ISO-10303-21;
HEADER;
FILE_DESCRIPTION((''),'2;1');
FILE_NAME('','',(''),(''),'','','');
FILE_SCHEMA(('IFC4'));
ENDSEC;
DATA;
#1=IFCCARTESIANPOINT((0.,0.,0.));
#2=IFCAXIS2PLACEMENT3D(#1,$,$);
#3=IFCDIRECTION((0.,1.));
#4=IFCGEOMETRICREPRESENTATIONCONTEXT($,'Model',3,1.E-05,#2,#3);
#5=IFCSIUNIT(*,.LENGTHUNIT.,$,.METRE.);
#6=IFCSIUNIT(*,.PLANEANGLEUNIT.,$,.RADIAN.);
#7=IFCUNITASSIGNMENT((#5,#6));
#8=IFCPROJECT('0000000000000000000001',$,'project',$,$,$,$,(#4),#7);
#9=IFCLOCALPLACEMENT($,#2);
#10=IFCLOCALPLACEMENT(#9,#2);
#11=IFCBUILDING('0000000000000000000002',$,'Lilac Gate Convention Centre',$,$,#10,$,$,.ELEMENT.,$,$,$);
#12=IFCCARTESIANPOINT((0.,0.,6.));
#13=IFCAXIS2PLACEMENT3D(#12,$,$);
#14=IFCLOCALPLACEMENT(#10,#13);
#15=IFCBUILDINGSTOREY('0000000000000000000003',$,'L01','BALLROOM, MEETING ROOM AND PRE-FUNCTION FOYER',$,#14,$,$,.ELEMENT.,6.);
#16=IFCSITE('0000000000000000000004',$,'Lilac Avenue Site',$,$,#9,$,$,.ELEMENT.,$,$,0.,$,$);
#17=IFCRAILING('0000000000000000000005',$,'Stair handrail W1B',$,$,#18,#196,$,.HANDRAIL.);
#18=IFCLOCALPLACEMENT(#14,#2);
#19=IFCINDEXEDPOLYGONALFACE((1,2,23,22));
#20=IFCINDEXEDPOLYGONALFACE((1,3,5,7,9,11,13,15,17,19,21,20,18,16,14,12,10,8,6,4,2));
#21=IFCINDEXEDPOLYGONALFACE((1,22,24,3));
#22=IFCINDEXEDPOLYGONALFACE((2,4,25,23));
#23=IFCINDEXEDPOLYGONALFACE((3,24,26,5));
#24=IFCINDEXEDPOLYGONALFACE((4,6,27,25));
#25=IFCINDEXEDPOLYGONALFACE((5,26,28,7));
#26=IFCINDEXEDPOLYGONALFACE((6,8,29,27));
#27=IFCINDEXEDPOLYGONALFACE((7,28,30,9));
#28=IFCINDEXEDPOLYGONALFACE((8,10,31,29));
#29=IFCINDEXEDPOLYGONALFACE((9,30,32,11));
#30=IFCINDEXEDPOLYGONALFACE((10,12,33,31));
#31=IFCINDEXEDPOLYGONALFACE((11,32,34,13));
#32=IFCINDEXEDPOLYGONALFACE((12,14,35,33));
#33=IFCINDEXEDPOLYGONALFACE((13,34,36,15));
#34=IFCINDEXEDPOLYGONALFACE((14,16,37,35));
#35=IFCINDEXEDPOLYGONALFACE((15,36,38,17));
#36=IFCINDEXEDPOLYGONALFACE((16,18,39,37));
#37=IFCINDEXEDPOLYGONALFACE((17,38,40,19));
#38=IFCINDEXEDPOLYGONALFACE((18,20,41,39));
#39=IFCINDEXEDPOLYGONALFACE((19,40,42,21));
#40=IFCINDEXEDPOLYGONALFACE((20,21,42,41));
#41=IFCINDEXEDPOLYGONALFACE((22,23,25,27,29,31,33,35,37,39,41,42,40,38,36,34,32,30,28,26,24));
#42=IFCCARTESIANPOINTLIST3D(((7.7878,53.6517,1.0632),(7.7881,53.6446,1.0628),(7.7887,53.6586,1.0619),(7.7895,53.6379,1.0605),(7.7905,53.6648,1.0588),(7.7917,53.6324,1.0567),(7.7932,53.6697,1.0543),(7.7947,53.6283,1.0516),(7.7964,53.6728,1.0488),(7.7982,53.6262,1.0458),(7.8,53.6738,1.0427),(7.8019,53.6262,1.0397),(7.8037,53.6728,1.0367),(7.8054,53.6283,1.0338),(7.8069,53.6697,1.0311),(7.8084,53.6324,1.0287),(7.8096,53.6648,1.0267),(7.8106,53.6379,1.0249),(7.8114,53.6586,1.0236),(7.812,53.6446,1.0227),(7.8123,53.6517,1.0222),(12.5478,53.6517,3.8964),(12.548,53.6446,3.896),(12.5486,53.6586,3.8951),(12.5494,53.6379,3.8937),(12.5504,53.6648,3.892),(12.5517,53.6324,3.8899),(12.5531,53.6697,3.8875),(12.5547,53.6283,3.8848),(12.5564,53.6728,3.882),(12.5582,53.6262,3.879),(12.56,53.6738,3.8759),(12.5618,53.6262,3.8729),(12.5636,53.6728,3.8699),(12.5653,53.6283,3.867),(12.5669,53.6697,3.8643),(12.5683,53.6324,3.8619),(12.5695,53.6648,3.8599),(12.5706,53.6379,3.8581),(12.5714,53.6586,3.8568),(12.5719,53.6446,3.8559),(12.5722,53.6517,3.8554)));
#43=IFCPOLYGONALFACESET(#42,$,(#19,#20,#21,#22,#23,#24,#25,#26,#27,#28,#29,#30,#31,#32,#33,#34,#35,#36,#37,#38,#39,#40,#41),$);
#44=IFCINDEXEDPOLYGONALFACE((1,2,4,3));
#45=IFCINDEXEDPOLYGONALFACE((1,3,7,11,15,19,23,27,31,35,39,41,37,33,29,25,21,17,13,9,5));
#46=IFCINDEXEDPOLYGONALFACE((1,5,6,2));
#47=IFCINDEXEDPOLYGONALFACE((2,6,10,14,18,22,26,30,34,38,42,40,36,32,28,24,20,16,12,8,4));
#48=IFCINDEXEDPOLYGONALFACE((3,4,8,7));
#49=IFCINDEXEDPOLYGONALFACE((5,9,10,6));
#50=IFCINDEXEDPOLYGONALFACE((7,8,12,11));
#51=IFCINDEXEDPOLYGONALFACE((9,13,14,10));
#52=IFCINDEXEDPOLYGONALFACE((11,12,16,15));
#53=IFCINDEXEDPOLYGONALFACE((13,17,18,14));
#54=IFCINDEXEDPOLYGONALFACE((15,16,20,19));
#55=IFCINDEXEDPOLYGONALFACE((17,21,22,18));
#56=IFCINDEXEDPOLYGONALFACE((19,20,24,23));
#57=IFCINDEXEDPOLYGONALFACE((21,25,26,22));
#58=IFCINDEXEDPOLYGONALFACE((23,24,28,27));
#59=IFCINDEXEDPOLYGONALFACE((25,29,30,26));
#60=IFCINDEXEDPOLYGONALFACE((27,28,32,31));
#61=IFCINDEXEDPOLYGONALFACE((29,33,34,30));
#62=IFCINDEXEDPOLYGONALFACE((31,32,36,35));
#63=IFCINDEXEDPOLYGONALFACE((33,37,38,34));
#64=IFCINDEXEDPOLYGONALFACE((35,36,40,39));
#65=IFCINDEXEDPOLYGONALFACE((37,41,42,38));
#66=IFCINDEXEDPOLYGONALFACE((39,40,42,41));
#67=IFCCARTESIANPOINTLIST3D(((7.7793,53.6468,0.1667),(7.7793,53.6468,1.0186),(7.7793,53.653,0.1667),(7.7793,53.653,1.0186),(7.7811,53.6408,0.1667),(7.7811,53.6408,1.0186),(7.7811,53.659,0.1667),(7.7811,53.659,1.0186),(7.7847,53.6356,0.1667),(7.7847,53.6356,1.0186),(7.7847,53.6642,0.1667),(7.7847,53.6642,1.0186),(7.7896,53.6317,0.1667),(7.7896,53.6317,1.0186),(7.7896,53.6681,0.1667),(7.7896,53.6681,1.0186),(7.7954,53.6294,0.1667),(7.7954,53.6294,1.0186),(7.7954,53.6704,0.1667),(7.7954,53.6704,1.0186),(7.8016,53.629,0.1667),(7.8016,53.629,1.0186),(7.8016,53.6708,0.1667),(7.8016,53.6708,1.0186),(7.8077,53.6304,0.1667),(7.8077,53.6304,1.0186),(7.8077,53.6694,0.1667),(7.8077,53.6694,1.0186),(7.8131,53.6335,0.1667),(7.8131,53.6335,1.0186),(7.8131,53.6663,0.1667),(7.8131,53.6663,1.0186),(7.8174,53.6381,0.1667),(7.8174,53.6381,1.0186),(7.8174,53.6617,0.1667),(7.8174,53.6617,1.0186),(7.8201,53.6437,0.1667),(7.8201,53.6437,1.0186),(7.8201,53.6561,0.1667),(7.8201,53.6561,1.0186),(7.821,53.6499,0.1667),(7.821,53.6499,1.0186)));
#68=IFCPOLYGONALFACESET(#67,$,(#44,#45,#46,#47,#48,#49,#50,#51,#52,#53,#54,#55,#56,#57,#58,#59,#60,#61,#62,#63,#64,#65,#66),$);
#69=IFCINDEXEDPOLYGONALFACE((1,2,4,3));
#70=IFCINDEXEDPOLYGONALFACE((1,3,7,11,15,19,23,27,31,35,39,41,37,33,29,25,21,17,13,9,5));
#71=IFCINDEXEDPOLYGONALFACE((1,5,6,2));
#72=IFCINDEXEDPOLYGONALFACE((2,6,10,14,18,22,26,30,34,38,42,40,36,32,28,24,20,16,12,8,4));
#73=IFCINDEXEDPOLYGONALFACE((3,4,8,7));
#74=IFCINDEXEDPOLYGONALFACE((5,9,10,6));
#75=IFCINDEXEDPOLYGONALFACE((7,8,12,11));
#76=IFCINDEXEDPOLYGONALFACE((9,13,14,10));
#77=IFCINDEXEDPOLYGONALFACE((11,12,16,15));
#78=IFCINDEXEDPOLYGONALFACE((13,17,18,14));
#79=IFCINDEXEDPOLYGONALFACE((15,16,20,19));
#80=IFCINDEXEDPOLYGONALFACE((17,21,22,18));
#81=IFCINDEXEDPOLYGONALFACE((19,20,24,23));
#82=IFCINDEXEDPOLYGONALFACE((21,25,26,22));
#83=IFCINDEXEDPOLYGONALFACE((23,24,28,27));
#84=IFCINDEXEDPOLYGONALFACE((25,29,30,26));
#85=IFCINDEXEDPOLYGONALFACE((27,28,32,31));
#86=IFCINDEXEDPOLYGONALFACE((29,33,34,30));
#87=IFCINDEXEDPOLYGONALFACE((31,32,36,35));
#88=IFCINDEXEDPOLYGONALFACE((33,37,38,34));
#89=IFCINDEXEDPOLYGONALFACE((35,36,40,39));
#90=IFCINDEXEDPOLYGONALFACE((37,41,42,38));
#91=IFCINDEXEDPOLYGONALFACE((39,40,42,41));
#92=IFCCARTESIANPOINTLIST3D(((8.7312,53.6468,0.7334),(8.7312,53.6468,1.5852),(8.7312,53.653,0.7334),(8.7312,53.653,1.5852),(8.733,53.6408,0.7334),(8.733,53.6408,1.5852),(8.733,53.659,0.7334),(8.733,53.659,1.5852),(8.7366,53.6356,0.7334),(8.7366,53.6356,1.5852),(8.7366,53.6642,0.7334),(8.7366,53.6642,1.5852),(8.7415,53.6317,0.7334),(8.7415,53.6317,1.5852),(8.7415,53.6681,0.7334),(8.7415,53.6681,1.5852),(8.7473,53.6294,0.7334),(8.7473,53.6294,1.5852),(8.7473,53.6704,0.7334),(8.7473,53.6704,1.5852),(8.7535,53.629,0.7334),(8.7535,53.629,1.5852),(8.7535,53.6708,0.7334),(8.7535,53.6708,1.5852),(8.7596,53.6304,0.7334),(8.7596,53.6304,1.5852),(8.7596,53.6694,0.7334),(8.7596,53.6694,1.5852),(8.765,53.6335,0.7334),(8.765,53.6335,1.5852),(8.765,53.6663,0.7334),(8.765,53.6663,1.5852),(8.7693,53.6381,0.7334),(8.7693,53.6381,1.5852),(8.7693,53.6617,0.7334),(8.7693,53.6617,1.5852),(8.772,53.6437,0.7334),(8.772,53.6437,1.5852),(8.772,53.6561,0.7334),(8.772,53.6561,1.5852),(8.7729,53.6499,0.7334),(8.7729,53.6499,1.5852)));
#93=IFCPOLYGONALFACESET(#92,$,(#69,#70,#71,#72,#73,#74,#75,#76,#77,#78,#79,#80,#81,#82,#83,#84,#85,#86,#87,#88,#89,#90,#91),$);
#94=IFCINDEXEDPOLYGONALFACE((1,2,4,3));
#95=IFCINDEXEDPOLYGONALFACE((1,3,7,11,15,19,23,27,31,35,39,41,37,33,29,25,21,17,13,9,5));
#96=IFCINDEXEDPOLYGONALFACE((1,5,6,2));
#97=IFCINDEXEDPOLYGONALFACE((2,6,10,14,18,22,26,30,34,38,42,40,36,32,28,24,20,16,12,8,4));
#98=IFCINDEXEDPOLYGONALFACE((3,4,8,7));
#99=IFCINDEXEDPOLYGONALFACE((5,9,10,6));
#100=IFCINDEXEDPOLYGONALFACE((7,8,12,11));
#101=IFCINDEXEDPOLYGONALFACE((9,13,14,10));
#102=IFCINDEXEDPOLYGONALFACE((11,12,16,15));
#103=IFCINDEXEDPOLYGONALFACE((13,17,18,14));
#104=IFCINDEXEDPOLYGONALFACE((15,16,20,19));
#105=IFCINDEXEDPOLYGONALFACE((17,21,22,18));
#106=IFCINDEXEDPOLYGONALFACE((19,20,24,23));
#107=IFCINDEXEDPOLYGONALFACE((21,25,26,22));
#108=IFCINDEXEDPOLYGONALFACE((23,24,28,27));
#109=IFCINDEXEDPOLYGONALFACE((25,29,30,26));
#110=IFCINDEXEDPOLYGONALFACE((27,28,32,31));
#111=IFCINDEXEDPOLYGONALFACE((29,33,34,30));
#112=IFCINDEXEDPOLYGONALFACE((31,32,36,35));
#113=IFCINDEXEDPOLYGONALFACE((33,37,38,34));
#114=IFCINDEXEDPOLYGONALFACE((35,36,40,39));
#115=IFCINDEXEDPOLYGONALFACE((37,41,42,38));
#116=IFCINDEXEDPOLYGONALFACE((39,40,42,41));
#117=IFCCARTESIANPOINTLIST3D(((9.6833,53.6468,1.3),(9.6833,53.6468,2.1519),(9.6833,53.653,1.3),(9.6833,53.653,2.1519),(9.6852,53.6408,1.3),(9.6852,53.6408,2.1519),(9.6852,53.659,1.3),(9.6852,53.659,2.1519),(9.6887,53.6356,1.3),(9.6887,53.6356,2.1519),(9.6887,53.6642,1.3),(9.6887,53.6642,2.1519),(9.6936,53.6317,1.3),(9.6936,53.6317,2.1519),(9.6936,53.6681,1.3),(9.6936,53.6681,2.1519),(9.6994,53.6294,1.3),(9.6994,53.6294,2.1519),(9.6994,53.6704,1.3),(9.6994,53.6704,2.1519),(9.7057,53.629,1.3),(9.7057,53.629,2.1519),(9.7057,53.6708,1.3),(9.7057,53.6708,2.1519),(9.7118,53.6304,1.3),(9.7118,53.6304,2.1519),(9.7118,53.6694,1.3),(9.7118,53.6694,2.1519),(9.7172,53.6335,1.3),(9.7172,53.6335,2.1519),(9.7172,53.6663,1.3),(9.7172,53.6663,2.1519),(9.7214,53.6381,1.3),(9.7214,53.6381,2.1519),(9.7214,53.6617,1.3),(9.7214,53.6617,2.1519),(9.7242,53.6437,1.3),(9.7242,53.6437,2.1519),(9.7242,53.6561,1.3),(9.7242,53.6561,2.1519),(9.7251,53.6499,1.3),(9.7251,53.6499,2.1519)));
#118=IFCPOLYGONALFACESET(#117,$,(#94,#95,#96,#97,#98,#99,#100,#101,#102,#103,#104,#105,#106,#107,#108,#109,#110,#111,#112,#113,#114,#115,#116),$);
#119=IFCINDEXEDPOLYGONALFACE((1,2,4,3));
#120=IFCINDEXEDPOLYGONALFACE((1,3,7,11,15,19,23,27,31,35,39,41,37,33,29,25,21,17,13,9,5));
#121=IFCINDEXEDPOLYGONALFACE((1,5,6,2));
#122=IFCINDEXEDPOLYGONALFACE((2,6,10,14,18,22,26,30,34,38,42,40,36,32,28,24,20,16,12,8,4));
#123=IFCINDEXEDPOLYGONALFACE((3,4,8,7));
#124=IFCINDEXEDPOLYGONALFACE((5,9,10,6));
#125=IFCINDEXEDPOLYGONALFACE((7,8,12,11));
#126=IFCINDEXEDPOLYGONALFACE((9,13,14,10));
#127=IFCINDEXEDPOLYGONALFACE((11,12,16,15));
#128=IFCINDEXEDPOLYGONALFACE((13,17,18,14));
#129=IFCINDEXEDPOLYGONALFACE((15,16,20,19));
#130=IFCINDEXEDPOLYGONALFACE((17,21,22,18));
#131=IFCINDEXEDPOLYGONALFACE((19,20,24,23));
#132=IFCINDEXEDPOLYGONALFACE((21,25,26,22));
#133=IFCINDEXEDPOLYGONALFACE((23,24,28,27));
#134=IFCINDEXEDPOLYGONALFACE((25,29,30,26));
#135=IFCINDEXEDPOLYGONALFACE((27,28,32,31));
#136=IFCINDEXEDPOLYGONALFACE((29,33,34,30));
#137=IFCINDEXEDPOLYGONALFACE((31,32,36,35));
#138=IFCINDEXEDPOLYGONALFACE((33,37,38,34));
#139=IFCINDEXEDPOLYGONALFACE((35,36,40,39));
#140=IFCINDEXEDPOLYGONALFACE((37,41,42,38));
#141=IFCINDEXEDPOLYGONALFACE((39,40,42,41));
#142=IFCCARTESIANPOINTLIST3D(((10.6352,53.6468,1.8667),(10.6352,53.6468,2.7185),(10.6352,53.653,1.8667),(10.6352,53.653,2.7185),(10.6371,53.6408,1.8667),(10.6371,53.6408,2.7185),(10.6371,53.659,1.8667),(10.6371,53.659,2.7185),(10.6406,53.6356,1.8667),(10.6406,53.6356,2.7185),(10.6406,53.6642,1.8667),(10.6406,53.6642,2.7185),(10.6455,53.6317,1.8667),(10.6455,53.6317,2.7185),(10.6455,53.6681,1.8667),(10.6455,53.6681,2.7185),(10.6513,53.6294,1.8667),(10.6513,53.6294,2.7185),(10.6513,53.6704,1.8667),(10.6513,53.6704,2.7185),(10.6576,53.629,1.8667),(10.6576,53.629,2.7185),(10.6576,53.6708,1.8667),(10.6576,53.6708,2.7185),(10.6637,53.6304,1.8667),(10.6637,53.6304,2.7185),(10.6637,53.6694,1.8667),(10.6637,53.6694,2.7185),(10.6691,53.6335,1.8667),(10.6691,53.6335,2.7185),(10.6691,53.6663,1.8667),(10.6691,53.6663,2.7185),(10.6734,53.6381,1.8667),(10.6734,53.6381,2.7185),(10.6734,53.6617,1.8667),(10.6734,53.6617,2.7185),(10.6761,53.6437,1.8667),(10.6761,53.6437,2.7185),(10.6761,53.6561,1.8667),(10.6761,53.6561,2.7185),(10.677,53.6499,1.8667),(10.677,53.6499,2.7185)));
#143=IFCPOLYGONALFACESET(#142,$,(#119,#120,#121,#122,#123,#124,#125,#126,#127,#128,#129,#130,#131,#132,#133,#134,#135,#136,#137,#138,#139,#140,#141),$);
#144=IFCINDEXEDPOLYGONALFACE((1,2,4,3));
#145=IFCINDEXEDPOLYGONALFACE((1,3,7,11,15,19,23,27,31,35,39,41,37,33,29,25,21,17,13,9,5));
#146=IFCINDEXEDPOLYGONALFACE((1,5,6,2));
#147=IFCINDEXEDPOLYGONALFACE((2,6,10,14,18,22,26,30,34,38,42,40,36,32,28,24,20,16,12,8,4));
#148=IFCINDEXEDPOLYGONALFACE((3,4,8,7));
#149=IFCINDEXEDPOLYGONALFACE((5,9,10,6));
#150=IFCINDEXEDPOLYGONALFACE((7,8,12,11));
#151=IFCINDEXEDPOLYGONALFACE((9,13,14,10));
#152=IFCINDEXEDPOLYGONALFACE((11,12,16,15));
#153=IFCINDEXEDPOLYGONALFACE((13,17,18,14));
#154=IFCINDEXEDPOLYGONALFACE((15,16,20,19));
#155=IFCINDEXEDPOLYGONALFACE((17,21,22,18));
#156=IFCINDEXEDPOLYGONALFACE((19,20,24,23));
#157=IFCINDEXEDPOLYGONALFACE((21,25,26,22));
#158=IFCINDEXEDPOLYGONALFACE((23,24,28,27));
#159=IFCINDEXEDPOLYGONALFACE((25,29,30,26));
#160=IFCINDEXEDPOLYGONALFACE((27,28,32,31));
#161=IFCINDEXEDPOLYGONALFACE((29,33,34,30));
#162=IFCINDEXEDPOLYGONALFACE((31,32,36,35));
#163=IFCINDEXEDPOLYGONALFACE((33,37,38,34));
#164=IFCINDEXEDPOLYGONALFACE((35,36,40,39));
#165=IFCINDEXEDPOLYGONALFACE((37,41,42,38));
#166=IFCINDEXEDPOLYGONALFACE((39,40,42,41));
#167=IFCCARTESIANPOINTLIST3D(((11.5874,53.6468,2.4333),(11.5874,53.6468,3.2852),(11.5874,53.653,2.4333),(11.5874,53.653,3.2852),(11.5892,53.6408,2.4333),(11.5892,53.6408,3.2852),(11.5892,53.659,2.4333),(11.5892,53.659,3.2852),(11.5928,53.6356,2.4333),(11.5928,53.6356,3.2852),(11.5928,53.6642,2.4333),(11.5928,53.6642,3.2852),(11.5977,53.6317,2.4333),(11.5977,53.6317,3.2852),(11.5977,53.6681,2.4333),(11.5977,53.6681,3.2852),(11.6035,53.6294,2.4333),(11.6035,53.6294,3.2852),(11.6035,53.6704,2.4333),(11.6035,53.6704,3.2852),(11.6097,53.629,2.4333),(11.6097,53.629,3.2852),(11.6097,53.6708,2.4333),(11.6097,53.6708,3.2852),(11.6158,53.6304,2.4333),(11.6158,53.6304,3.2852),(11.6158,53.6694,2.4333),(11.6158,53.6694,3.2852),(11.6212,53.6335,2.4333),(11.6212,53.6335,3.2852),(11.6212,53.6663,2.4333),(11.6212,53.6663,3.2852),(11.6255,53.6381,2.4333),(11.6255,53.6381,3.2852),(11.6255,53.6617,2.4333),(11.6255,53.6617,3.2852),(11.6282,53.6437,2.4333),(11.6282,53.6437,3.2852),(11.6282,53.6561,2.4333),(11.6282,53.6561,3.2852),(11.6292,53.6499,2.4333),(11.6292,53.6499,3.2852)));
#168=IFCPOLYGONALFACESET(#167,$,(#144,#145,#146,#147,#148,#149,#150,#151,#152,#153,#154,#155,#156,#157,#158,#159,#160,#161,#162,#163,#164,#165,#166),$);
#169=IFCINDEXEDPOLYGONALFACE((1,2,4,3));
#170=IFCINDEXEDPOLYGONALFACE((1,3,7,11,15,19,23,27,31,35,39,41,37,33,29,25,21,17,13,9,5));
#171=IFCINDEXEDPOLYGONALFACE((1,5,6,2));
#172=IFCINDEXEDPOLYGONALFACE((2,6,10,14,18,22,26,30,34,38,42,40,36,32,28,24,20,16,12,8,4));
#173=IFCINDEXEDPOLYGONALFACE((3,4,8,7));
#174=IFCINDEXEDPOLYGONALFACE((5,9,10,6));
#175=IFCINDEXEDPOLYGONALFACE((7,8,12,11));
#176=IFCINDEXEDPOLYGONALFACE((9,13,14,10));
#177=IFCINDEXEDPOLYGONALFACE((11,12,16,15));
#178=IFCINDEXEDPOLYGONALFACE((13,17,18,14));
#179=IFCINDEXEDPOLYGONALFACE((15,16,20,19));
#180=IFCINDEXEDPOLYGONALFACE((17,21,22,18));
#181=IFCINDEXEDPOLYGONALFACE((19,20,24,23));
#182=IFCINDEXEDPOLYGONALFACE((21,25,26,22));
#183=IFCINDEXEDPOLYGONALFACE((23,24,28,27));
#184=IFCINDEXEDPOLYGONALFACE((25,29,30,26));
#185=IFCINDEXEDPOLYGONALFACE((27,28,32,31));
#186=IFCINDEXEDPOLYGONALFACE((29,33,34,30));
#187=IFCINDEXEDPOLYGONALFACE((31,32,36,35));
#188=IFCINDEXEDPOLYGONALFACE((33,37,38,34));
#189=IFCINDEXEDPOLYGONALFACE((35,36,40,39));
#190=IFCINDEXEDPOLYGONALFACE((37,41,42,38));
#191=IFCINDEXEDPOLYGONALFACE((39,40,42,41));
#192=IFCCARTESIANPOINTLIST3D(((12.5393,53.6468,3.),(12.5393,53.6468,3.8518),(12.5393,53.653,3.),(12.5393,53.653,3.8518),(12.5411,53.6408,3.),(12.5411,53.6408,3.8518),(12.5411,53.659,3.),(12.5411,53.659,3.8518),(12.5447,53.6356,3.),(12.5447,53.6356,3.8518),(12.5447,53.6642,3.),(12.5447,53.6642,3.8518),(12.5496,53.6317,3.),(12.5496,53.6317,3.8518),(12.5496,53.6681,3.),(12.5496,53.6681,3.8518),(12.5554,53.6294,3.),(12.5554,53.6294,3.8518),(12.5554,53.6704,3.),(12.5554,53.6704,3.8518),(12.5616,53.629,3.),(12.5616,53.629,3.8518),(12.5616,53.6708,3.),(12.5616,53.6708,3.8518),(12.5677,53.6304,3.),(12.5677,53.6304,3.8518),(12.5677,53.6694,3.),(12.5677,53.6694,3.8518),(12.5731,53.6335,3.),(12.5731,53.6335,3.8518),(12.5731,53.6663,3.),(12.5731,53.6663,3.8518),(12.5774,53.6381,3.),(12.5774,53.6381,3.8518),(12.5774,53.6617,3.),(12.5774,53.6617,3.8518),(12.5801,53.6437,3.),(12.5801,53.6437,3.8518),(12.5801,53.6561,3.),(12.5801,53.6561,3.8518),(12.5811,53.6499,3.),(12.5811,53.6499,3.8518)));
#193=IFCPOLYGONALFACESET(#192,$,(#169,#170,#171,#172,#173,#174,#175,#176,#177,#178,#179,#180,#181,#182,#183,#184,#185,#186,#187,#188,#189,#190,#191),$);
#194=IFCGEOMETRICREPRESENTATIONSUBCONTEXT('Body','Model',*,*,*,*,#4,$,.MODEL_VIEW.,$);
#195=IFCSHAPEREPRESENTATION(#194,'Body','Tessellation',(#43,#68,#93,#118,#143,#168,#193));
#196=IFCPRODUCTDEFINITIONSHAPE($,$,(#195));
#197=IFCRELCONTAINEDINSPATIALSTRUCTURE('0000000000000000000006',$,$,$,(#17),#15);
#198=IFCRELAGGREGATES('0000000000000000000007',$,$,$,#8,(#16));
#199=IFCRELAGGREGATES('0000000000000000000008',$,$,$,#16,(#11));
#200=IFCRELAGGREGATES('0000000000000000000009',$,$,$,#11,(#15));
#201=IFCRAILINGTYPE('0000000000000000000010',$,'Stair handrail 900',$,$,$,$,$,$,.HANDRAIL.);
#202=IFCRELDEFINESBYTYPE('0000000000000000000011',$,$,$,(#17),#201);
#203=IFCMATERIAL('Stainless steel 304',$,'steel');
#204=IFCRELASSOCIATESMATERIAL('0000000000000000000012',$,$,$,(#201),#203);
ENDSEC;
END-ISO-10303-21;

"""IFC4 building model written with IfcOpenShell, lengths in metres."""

from ifc_helpers import new_model, si_unit, direction, frame, origin, origin_2d, place, context, subcontext, project, spatial, circle, extrude, material, type_object, element, save


model = new_model("IFC4")

# Units and contexts
model_context = context("Model", 3, precision=1e-05, world=origin(), true_north=direction((0.0, 1.0)))
body_context = subcontext(model_context, "Body", "Model", "MODEL_VIEW")
ifc_project = project(units=[si_unit("LENGTHUNIT", "METRE"), si_unit("PLANEANGLEUNIT", "RADIAN")], contexts=[model_context])

# Site, building, storey
site_placement = place(None, origin())
site = spatial("IfcSite", under=ifc_project, at=site_placement, Name="Lilac Avenue Site", CompositionType="ELEMENT", RefElevation=0.0)
building_placement = place(site_placement, origin())
building = spatial("IfcBuilding", under=site, at=building_placement, Name="Lilac Gate Convention Centre", CompositionType="ELEMENT")
storey_placement = place(building_placement, frame((0.0, 0.0, 6.0)))
storey = spatial("IfcBuildingStorey", under=building, at=storey_placement, Name="L01", Description="BALLROOM, MEETING ROOM AND PRE-FUNCTION FOYER", CompositionType="ELEMENT", Elevation=6.0)

# Railing
ifc_material_1 = material(Name="Stainless steel 304", Category="steel")
railing_type_1 = type_object("IfcRailingType", Name="Stair handrail 900", PredefinedType="HANDRAIL", material=ifc_material_1)
for number, where, name in (
    (1, (7.8, 53.6499, 0.1667), "Stair handrail W1B"),
):
    element("IfcRailing", number, at=place(storey_placement, frame(where)), inside=storey, type_object=railing_type_1, Name=name, PredefinedType="HANDRAIL", context=body_context, shape_type="SweptSolid", body=[
        extrude(circle(Radius=0.0239, at=origin_2d()), frame((0.0, 0.0, 0.876), z_axis=(0.8593, 0.0, 0.511472), x_axis=(0.0, 1.0, 0.0)), (0.0, 0.0, 1.0), 5.5393),
        extrude(circle(Radius=0.021, at=origin_2d()), origin(), (0.0, 0.0, 1.0), 0.8518),
        extrude(circle(Radius=0.021, at=origin_2d()), frame((0.9519, 0.0, 0.5667)), (0.0, 0.0, 1.0), 0.8518),
        extrude(circle(Radius=0.021, at=origin_2d()), frame((1.9041, 0.0, 1.1333)), (0.0, 0.0, 1.0), 0.8518),
        extrude(circle(Radius=0.021, at=origin_2d()), frame((2.856, 0.0, 1.7)), (0.0, 0.0, 1.0), 0.8518),
        extrude(circle(Radius=0.021, at=origin_2d()), frame((3.8081, 0.0, 2.2666)), (0.0, 0.0, 1.0), 0.8518),
        extrude(circle(Radius=0.021, at=origin_2d()), frame((4.76, 0.0, 2.8333)), (0.0, 0.0, 1.0), 0.8518),
    ])

save(model, "model.ifc")
